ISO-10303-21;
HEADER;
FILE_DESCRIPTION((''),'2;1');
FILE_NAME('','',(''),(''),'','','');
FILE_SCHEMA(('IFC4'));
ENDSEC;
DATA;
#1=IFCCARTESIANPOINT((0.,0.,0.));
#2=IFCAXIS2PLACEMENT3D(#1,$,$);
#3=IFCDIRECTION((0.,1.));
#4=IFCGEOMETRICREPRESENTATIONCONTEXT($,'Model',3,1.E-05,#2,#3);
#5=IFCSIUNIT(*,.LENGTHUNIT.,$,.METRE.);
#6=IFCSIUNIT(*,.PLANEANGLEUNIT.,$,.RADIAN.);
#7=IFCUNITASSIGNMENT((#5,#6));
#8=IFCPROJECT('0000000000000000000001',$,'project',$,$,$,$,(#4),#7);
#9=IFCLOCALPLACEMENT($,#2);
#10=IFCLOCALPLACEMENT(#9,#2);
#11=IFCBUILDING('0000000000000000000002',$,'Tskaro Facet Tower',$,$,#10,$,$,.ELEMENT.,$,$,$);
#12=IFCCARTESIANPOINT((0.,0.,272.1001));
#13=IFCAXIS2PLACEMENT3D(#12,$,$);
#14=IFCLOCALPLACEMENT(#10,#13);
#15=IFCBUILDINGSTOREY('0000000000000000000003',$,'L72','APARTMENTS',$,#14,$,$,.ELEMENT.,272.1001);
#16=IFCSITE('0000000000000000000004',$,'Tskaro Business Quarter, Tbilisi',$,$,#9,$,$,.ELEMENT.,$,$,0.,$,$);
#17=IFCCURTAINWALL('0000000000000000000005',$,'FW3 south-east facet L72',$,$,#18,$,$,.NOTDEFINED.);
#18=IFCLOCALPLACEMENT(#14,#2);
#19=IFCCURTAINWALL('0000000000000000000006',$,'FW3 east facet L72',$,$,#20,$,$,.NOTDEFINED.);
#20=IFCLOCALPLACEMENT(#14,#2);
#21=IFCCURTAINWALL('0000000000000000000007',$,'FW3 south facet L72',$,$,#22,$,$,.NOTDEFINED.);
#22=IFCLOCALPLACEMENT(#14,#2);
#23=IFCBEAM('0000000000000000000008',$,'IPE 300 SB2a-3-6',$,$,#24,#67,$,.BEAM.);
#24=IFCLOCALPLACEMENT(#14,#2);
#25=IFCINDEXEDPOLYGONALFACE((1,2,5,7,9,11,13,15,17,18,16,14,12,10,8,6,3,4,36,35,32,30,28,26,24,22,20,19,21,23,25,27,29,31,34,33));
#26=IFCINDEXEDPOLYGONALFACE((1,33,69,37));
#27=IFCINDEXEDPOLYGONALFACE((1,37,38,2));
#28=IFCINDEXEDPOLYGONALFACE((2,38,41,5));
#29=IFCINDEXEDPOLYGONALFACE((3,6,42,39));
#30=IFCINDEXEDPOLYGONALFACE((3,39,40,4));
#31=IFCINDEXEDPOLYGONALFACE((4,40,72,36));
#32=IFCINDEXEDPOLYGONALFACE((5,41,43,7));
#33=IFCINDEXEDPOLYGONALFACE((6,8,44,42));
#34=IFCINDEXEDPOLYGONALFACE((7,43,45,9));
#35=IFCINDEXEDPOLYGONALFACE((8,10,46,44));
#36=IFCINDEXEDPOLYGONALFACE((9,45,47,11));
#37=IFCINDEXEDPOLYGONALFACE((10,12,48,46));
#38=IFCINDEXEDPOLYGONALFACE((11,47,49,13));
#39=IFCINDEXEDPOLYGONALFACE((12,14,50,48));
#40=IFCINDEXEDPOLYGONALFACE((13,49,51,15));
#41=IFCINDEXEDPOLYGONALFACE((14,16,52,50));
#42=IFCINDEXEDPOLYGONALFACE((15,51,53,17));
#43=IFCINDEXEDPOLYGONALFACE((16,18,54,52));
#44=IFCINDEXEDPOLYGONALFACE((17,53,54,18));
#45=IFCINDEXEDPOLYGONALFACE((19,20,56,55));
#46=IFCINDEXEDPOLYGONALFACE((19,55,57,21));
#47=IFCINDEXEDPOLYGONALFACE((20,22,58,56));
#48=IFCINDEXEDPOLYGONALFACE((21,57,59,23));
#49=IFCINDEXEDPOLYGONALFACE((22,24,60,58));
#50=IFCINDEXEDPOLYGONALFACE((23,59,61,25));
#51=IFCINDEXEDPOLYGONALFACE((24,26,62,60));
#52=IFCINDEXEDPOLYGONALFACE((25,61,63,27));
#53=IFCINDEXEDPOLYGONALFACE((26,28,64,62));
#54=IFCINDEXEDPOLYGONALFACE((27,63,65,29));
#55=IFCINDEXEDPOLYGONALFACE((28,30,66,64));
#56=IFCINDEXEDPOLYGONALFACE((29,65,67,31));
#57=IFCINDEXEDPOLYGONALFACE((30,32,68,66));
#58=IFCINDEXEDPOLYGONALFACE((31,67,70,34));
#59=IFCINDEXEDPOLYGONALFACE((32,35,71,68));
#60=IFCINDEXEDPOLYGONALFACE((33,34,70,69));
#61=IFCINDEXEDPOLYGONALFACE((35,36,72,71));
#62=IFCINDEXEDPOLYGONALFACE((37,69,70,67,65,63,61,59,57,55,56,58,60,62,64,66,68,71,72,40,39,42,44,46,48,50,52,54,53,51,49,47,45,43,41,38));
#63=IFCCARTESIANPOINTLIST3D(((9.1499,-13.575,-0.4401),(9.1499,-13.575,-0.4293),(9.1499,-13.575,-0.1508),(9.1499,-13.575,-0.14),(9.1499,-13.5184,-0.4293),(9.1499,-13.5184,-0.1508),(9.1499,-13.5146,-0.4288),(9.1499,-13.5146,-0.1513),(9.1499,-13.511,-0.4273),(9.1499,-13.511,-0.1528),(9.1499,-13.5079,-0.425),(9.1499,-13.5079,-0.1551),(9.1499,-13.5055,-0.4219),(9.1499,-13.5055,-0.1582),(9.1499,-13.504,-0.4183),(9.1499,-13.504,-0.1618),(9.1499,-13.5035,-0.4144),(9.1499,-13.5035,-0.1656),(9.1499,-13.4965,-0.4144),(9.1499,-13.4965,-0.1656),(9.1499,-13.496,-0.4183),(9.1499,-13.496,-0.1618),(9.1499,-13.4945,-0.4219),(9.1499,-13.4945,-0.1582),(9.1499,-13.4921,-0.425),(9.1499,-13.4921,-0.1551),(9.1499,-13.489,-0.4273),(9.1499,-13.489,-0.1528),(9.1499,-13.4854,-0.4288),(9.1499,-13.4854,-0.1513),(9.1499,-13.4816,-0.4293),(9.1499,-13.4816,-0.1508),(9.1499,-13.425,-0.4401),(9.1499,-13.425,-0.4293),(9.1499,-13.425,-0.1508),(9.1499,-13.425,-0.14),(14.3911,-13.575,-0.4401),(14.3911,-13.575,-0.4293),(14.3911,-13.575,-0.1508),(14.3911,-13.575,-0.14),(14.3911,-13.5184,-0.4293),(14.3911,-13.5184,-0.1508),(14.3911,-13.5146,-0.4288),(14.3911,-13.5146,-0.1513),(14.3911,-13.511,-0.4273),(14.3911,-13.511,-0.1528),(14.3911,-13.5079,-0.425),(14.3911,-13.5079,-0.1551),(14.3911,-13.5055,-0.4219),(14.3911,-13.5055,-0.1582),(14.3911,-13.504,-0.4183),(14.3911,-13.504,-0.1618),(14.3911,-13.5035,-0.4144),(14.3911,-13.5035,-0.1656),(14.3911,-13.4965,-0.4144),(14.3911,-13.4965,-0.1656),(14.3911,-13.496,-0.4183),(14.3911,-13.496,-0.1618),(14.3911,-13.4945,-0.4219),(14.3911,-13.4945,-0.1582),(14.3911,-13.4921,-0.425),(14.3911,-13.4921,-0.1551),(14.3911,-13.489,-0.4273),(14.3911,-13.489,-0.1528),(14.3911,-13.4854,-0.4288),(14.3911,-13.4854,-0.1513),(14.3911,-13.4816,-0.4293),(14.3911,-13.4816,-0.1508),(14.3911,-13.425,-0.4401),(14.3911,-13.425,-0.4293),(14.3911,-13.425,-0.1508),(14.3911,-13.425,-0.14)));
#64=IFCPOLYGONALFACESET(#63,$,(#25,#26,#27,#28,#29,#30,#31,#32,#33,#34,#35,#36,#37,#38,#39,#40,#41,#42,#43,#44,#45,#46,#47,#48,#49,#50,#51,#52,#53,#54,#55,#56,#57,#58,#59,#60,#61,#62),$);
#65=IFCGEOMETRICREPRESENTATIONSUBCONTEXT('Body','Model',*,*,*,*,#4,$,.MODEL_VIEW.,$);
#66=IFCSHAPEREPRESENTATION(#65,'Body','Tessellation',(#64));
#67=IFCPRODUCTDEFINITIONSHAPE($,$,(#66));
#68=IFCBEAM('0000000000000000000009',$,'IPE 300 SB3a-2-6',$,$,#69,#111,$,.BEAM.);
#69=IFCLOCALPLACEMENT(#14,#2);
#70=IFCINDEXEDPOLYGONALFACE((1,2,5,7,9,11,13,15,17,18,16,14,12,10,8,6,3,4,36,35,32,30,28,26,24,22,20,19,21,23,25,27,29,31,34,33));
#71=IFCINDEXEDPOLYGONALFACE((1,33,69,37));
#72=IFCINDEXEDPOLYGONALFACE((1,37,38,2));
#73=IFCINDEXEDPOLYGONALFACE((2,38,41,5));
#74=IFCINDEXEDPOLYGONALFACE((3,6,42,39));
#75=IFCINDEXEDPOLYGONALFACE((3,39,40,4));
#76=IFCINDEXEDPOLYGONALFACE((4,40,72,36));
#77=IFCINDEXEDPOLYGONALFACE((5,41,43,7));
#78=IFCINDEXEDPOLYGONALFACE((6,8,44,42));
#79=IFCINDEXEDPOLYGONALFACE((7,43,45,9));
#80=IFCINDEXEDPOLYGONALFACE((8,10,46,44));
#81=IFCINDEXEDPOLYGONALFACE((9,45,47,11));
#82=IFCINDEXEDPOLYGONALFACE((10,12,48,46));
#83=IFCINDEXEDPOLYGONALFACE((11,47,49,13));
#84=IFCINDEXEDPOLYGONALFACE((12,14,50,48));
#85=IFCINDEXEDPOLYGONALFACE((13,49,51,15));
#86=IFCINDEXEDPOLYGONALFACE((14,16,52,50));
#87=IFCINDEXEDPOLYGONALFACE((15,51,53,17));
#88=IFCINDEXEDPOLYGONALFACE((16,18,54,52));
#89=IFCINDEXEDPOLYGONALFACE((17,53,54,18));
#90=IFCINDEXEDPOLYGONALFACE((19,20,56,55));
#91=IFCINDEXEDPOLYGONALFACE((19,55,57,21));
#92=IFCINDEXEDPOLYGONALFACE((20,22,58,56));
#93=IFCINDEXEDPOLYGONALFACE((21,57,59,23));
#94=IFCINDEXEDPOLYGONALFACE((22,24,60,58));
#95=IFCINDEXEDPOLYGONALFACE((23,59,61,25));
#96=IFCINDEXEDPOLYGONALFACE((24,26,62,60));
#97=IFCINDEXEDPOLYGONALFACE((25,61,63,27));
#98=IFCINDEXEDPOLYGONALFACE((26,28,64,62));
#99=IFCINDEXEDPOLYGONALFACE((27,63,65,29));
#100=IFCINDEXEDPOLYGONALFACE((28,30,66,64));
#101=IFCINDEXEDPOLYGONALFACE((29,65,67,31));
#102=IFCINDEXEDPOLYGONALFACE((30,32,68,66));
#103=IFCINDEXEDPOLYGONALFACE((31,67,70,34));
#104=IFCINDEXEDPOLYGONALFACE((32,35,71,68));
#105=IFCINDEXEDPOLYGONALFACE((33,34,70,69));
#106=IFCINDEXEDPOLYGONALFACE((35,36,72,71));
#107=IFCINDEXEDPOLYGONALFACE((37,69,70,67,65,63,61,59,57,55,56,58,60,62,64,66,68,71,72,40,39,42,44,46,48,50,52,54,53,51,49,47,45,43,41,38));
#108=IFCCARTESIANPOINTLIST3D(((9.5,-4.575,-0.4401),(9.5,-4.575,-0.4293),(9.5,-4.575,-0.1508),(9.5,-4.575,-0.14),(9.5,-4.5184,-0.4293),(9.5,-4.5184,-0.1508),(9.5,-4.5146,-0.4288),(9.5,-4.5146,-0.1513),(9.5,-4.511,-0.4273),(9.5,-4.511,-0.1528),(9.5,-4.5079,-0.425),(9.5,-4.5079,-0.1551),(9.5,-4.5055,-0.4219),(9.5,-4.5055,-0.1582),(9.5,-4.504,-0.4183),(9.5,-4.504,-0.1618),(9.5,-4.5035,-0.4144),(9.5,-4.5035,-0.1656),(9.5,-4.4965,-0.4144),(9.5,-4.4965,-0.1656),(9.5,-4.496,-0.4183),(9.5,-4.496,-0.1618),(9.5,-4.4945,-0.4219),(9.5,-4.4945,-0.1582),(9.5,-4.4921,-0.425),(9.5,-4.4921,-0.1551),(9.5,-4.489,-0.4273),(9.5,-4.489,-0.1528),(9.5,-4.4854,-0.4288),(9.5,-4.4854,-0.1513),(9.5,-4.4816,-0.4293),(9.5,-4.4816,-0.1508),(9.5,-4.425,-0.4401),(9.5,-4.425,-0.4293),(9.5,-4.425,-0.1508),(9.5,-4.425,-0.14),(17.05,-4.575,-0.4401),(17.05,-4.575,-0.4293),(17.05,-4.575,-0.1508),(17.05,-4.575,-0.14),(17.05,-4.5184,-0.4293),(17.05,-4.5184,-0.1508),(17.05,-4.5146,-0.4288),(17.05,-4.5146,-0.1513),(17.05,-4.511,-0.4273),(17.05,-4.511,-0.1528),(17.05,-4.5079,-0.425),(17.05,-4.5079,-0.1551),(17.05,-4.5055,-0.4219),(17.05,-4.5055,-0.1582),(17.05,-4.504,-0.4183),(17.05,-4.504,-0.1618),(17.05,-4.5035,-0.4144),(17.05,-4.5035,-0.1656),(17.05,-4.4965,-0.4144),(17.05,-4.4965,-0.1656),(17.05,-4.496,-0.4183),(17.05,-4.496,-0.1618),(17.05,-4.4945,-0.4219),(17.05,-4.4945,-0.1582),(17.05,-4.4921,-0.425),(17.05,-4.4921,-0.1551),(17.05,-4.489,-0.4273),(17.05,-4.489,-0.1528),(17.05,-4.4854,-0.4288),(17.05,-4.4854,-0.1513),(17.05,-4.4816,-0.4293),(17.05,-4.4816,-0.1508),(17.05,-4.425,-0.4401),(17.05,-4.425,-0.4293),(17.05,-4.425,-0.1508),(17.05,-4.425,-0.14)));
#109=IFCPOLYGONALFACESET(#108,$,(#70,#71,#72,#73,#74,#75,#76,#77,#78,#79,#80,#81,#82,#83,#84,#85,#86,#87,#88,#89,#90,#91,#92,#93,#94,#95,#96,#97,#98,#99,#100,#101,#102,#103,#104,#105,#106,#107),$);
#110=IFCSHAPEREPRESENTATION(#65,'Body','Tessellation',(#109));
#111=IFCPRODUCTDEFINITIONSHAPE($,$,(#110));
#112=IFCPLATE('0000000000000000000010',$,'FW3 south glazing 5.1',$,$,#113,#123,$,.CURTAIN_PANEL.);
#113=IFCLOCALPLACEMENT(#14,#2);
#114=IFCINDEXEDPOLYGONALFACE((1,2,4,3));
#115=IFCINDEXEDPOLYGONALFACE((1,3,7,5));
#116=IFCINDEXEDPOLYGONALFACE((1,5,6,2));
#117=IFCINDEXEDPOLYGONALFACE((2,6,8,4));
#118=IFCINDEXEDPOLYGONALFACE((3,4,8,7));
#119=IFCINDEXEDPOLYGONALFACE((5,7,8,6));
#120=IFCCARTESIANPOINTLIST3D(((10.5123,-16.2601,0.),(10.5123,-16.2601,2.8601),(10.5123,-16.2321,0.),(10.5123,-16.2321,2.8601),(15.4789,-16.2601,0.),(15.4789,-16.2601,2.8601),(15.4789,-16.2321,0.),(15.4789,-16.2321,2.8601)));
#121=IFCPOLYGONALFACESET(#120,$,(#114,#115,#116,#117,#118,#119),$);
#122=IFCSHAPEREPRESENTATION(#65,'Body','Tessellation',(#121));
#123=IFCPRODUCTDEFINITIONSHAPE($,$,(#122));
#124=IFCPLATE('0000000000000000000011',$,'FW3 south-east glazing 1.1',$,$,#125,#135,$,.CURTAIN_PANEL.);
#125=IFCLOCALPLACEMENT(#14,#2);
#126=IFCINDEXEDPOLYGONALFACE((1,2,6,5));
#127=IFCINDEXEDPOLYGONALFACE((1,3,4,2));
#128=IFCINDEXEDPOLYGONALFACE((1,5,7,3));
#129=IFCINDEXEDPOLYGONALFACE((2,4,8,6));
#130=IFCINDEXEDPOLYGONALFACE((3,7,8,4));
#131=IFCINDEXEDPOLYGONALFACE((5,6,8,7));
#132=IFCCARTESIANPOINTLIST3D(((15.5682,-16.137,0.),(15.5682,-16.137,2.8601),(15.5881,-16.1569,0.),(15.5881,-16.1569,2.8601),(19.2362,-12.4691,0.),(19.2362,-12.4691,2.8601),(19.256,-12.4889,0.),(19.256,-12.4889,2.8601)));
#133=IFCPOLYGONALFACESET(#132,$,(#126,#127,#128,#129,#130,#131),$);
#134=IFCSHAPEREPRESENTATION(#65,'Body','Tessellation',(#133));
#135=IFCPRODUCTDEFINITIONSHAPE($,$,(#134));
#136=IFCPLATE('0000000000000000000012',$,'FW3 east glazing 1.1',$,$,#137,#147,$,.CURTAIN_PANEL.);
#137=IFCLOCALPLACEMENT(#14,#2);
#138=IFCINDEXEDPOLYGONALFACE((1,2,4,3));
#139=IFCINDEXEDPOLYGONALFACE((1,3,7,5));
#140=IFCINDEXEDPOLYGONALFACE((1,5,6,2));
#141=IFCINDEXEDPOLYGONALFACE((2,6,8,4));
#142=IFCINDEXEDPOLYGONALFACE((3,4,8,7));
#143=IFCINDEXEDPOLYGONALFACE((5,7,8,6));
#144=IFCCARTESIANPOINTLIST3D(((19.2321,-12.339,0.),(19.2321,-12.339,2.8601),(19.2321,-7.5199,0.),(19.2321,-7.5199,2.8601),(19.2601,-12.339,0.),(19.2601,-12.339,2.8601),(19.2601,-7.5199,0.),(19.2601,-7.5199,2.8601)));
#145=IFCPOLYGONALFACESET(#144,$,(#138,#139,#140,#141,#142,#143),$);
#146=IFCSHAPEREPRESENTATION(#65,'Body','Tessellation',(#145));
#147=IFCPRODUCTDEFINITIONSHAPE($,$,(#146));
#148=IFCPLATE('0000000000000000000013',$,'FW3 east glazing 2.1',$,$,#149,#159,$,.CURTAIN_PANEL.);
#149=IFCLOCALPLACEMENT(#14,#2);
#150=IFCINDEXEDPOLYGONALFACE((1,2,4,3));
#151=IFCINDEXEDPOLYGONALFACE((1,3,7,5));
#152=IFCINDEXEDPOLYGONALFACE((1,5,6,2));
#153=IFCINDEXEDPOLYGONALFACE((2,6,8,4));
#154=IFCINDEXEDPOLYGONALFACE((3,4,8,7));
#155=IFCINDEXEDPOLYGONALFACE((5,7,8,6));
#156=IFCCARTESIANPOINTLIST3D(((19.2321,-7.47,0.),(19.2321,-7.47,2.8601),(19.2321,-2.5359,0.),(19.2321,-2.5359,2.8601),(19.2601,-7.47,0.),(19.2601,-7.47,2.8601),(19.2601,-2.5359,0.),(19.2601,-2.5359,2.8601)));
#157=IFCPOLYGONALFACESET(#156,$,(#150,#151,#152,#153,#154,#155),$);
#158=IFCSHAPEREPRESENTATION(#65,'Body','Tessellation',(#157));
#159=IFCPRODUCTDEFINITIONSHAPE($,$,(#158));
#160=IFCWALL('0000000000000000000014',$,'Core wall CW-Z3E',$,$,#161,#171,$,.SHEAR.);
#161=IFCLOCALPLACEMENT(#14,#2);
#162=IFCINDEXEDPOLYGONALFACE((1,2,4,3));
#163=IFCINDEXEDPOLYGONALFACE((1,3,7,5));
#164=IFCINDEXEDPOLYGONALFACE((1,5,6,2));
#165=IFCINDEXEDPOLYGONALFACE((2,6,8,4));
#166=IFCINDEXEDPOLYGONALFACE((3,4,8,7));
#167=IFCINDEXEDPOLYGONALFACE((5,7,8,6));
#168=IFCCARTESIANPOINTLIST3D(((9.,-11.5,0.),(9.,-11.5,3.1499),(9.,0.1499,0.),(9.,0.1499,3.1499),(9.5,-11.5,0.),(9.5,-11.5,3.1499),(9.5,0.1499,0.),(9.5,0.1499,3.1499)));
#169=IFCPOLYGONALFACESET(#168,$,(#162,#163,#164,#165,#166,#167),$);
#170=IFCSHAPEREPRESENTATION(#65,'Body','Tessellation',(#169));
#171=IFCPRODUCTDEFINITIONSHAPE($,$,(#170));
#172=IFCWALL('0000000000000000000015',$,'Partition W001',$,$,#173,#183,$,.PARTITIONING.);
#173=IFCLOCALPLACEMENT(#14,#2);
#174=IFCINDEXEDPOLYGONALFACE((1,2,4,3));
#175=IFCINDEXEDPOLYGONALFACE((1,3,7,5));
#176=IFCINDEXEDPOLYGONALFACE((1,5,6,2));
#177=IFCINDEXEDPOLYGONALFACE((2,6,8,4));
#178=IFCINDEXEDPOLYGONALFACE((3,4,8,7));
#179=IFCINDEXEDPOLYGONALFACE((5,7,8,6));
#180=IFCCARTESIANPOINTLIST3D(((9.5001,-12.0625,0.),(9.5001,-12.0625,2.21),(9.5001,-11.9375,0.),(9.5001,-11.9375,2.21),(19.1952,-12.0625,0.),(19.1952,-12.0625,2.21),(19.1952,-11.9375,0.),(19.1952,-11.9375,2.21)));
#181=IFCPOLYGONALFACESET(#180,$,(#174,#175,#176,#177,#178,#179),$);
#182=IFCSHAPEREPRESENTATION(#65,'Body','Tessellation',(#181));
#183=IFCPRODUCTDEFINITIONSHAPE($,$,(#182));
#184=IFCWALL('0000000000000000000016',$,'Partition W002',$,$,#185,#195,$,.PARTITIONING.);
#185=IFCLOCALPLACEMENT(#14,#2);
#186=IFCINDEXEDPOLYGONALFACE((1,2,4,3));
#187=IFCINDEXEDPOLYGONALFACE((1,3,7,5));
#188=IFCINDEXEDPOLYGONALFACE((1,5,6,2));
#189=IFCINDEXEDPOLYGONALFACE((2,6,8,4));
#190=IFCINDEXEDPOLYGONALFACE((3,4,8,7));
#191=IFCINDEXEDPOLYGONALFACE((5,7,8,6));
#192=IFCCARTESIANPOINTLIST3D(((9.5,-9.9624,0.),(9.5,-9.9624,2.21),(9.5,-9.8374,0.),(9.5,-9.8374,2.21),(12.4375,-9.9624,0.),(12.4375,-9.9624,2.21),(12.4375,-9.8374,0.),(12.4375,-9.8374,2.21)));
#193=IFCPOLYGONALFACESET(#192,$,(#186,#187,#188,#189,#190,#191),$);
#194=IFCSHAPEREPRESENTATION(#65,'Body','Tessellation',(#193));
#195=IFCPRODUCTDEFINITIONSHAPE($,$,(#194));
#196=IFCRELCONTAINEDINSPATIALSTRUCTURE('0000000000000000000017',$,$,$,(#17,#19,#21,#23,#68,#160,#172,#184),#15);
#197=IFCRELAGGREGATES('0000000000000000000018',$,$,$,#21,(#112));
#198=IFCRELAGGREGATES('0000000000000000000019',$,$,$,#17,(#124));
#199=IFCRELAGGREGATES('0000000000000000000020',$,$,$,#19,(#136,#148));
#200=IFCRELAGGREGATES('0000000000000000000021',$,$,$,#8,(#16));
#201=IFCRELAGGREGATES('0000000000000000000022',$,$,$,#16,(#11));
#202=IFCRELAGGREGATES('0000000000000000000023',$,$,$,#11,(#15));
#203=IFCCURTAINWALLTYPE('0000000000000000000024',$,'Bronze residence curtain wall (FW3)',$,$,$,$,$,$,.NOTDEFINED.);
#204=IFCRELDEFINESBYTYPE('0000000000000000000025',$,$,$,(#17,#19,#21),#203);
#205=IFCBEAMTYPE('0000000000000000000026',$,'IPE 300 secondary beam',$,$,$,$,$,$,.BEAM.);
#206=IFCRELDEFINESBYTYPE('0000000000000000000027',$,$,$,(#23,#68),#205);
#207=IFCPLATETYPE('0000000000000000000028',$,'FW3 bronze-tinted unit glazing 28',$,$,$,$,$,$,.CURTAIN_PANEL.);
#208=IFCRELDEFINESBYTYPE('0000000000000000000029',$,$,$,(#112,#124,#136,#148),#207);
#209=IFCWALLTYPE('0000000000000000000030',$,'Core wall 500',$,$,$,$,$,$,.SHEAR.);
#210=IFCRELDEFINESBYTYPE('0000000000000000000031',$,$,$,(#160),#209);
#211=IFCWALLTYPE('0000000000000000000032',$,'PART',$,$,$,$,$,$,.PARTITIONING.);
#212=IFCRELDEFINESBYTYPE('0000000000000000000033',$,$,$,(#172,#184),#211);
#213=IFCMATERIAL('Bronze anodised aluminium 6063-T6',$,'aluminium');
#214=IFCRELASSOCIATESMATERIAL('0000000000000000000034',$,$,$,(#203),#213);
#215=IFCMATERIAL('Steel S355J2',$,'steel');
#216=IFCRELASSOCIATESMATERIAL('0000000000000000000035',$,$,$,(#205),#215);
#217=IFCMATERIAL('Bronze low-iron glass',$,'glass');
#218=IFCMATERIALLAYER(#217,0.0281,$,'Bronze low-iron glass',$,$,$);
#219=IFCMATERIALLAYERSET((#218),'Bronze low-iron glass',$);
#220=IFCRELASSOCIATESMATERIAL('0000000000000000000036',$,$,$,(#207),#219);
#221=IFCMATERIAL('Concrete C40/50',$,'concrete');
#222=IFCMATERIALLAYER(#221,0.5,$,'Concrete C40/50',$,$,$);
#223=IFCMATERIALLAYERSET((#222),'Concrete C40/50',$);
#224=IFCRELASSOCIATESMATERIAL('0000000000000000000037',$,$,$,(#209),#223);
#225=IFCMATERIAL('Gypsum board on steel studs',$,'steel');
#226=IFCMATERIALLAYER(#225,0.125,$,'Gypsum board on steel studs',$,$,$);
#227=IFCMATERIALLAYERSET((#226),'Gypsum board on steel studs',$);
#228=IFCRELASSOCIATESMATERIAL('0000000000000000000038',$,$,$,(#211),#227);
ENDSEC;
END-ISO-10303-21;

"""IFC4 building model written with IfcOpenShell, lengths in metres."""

from ifc_helpers import new_model, si_unit, direction, frame, frame_2d, origin, origin_2d, place, context, subcontext, project, spatial, rectangle, i_section, extrude, material, layer, layer_set, material_profile, profile_set, type_object, element, aggregate, save


model = new_model("IFC4")

# Units and contexts
model_context = context("Model", 3, precision=1e-05, world=origin(), true_north=direction((0.0, 1.0)))
body_context = subcontext(model_context, "Body", "Model", "MODEL_VIEW")
ifc_project = project(units=[si_unit("LENGTHUNIT", "METRE"), si_unit("PLANEANGLEUNIT", "RADIAN")], contexts=[model_context])

# Site, building, storey
site_placement = place(None, origin())
site = spatial("IfcSite", under=ifc_project, at=site_placement, Name="Tskaro Business Quarter, Tbilisi", CompositionType="ELEMENT", RefElevation=0.0)
building_placement = place(site_placement, origin())
building = spatial("IfcBuilding", under=site, at=building_placement, Name="Tskaro Facet Tower", CompositionType="ELEMENT")
storey_placement = place(building_placement, frame((0.0, 0.0, 272.1001)))
storey = spatial("IfcBuildingStorey", under=building, at=storey_placement, Name="L72", Description="APARTMENTS", CompositionType="ELEMENT", Elevation=272.1001)

# Shared definitions
ifc_material_1 = material(Name="Steel S355J2", Category="steel")

# Curtain walls
ifc_material_2 = material(Name="Bronze anodised aluminium 6063-T6", Category="aluminium")
curtain_wall_type = type_object("IfcCurtainWallType", Name="Bronze residence curtain wall (FW3)", PredefinedType="NOTDEFINED", material=ifc_material_2)
curtain_wall_1_placement = place(storey_placement, origin())
curtain_wall_1 = element("IfcCurtainWall", 1, at=curtain_wall_1_placement, inside=storey, type_object=curtain_wall_type, Name="FW3 south-east facet L72", PredefinedType="NOTDEFINED")
curtain_wall_2_placement = place(storey_placement, origin())
curtain_wall_2 = element("IfcCurtainWall", 2, at=curtain_wall_2_placement, inside=storey, type_object=curtain_wall_type, Name="FW3 east facet L72", PredefinedType="NOTDEFINED")
curtain_wall_3_placement = place(storey_placement, origin())
curtain_wall_3 = element("IfcCurtainWall", 3, at=curtain_wall_3_placement, inside=storey, type_object=curtain_wall_type, Name="FW3 south facet L72", PredefinedType="NOTDEFINED")

# Beams
ifc_material_profile_1 = material_profile(ifc_material_1, i_section(OverallWidth=0.1499, OverallDepth=0.3, WebThickness=0.0071, FlangeThickness=0.0107, FilletRadius=0.0149, at=origin_2d()), Name="IPE 300")
ifc_profile_set_1 = profile_set([ifc_material_profile_1], Name="Steel S355J2")
beam_type_1 = type_object("IfcBeamType", Name="IPE 300 secondary beam", PredefinedType="BEAM", material=ifc_profile_set_1)
beam_1_placement = place(storey_placement, frame((9.1499, -13.5, -0.29), z_axis=(1.0, 0.0, 0.0), x_axis=(0.0, 1.0, 0.0)))
element("IfcBeam", 4, at=beam_1_placement, inside=storey, type_object=beam_type_1, Name="IPE 300 SB2a-3-6", PredefinedType="BEAM", context=body_context, shape_type="SweptSolid", body=[
    extrude(i_section(OverallWidth=0.1499, OverallDepth=0.3, WebThickness=0.0071, FlangeThickness=0.0107, FilletRadius=0.0149, at=origin_2d()), origin(), (0.0, 0.0, 1.0), 5.2412),
])
beam_2_placement = place(storey_placement, frame((9.5, -4.5, -0.29), z_axis=(1.0, 0.0, 0.0), x_axis=(0.0, 1.0, 0.0)))
element("IfcBeam", 5, at=beam_2_placement, inside=storey, type_object=beam_type_1, Name="IPE 300 SB3a-2-6", PredefinedType="BEAM", context=body_context, shape_type="SweptSolid", body=[
    extrude(i_section(OverallWidth=0.1499, OverallDepth=0.3, WebThickness=0.0071, FlangeThickness=0.0107, FilletRadius=0.0149, at=origin_2d()), origin(), (0.0, 0.0, 1.0), 7.55),
])

# Plates
ifc_material_3 = material(Name="Bronze low-iron glass", Category="glass")
ifc_layer_1 = layer(ifc_material_3, 0.0281, Name="Bronze low-iron glass")
ifc_layer_set_1 = layer_set([ifc_layer_1], Name="Bronze low-iron glass")
plate_type = type_object("IfcPlateType", Name="FW3 bronze-tinted unit glazing 28", PredefinedType="CURTAIN_PANEL", material=ifc_layer_set_1)
plate_1_placement = place(storey_placement, frame((12.9956, -16.2461, 0.0), z_axis=(0.0, 0.0, 1.0), x_axis=(1.0, 0.0, 0.0)))
plate_1 = element("IfcPlate", 6, at=plate_1_placement, type_object=plate_type, Name="FW3 south glazing 5.1", PredefinedType="CURTAIN_PANEL", context=body_context, shape_type="SweptSolid", body=[
    extrude(rectangle(XDim=4.9666, YDim=0.0281, at=origin_2d()), origin(), (0.0, 0.0, 1.0), 2.8601),
])
aggregate(curtain_wall_3, [plate_1])
plate_2_placement = place(storey_placement, frame((17.4121, -14.313, 0.0), z_axis=(0.0, 0.0, 1.0), x_axis=(0.707107, 0.707107, 0.0)))
plate_2 = element("IfcPlate", 7, at=plate_2_placement, type_object=plate_type, Name="FW3 south-east glazing 1.1", PredefinedType="CURTAIN_PANEL", context=body_context, shape_type="SweptSolid", body=[
    extrude(rectangle(XDim=5.1873, YDim=0.0281, at=origin_2d()), origin(), (0.0, 0.0, 1.0), 2.8601),
])
aggregate(curtain_wall_1, [plate_2])
plate_3_placement = place(storey_placement, frame((19.2461, -9.9294, 0.0), z_axis=(0.0, 0.0, 1.0), x_axis=(0.0, 1.0, 0.0)))
plate_3 = element("IfcPlate", 8, at=plate_3_placement, type_object=plate_type, Name="FW3 east glazing 1.1", PredefinedType="CURTAIN_PANEL", context=body_context, shape_type="SweptSolid", body=[
    extrude(rectangle(XDim=4.8191, YDim=0.0281, at=origin_2d()), origin(), (0.0, 0.0, 1.0), 2.8601),
])
plate_4_placement = place(storey_placement, frame((19.2461, -5.0029, 0.0), z_axis=(0.0, 0.0, 1.0), x_axis=(0.0, 1.0, 0.0)))
plate_4 = element("IfcPlate", 9, at=plate_4_placement, type_object=plate_type, Name="FW3 east glazing 2.1", PredefinedType="CURTAIN_PANEL", context=body_context, shape_type="SweptSolid", body=[
    extrude(rectangle(XDim=4.9341, YDim=0.0281, at=origin_2d()), origin(), (0.0, 0.0, 1.0), 2.8601),
])
aggregate(curtain_wall_2, [plate_3, plate_4])

# Walls
ifc_material_4 = material(Name="Concrete C40/50", Category="concrete")
ifc_layer_2 = layer(ifc_material_4, 0.5, Name="Concrete C40/50")
ifc_layer_set_2 = layer_set([ifc_layer_2], Name="Concrete C40/50")
wall_type_1 = type_object("IfcWallType", Name="Core wall 500", PredefinedType="SHEAR", material=ifc_layer_set_2)
wall_1_placement = place(storey_placement, frame((9.25, -11.5, 0.0), z_axis=(0.0, 0.0, 1.0), x_axis=(0.0, 1.0, 0.0)))
element("IfcWall", 10, at=wall_1_placement, inside=storey, type_object=wall_type_1, Name="Core wall CW-Z3E", PredefinedType="SHEAR", context=body_context, shape_type="SweptSolid", body=[
    extrude(rectangle(XDim=11.6499, YDim=0.5, at=frame_2d((5.825, 0.0))), origin(), (0.0, 0.0, 1.0), 3.1499),
])
ifc_material_5 = material(Name="Gypsum board on steel studs", Category="steel")
ifc_layer_3 = layer(ifc_material_5, 0.125, Name="Gypsum board on steel studs")
ifc_layer_set_3 = layer_set([ifc_layer_3], Name="Gypsum board on steel studs")
wall_type_2 = type_object("IfcWallType", Name="PART", PredefinedType="PARTITIONING", material=ifc_layer_set_3)
wall_2_placement = place(storey_placement, frame((9.5, -12.0, 0.0), z_axis=(0.0, 0.0, 1.0), x_axis=(1.0, 0.0, 0.0)))
element("IfcWall", 11, at=wall_2_placement, inside=storey, type_object=wall_type_2, Name="Partition W001", PredefinedType="PARTITIONING", context=body_context, shape_type="SweptSolid", body=[
    extrude(rectangle(XDim=9.6951, YDim=0.125, at=frame_2d((4.8477, 0.0))), origin(), (0.0, 0.0, 1.0), 2.21),
])
wall_3_placement = place(storey_placement, frame((9.5, -9.8999, 0.0), z_axis=(0.0, 0.0, 1.0), x_axis=(1.0, 0.0, 0.0)))
element("IfcWall", 12, at=wall_3_placement, inside=storey, type_object=wall_type_2, Name="Partition W002", PredefinedType="PARTITIONING", context=body_context, shape_type="SweptSolid", body=[
    extrude(rectangle(XDim=2.9375, YDim=0.125, at=frame_2d((1.4688, 0.0))), origin(), (0.0, 0.0, 1.0), 2.21),
])

save(model, "model.ifc")
